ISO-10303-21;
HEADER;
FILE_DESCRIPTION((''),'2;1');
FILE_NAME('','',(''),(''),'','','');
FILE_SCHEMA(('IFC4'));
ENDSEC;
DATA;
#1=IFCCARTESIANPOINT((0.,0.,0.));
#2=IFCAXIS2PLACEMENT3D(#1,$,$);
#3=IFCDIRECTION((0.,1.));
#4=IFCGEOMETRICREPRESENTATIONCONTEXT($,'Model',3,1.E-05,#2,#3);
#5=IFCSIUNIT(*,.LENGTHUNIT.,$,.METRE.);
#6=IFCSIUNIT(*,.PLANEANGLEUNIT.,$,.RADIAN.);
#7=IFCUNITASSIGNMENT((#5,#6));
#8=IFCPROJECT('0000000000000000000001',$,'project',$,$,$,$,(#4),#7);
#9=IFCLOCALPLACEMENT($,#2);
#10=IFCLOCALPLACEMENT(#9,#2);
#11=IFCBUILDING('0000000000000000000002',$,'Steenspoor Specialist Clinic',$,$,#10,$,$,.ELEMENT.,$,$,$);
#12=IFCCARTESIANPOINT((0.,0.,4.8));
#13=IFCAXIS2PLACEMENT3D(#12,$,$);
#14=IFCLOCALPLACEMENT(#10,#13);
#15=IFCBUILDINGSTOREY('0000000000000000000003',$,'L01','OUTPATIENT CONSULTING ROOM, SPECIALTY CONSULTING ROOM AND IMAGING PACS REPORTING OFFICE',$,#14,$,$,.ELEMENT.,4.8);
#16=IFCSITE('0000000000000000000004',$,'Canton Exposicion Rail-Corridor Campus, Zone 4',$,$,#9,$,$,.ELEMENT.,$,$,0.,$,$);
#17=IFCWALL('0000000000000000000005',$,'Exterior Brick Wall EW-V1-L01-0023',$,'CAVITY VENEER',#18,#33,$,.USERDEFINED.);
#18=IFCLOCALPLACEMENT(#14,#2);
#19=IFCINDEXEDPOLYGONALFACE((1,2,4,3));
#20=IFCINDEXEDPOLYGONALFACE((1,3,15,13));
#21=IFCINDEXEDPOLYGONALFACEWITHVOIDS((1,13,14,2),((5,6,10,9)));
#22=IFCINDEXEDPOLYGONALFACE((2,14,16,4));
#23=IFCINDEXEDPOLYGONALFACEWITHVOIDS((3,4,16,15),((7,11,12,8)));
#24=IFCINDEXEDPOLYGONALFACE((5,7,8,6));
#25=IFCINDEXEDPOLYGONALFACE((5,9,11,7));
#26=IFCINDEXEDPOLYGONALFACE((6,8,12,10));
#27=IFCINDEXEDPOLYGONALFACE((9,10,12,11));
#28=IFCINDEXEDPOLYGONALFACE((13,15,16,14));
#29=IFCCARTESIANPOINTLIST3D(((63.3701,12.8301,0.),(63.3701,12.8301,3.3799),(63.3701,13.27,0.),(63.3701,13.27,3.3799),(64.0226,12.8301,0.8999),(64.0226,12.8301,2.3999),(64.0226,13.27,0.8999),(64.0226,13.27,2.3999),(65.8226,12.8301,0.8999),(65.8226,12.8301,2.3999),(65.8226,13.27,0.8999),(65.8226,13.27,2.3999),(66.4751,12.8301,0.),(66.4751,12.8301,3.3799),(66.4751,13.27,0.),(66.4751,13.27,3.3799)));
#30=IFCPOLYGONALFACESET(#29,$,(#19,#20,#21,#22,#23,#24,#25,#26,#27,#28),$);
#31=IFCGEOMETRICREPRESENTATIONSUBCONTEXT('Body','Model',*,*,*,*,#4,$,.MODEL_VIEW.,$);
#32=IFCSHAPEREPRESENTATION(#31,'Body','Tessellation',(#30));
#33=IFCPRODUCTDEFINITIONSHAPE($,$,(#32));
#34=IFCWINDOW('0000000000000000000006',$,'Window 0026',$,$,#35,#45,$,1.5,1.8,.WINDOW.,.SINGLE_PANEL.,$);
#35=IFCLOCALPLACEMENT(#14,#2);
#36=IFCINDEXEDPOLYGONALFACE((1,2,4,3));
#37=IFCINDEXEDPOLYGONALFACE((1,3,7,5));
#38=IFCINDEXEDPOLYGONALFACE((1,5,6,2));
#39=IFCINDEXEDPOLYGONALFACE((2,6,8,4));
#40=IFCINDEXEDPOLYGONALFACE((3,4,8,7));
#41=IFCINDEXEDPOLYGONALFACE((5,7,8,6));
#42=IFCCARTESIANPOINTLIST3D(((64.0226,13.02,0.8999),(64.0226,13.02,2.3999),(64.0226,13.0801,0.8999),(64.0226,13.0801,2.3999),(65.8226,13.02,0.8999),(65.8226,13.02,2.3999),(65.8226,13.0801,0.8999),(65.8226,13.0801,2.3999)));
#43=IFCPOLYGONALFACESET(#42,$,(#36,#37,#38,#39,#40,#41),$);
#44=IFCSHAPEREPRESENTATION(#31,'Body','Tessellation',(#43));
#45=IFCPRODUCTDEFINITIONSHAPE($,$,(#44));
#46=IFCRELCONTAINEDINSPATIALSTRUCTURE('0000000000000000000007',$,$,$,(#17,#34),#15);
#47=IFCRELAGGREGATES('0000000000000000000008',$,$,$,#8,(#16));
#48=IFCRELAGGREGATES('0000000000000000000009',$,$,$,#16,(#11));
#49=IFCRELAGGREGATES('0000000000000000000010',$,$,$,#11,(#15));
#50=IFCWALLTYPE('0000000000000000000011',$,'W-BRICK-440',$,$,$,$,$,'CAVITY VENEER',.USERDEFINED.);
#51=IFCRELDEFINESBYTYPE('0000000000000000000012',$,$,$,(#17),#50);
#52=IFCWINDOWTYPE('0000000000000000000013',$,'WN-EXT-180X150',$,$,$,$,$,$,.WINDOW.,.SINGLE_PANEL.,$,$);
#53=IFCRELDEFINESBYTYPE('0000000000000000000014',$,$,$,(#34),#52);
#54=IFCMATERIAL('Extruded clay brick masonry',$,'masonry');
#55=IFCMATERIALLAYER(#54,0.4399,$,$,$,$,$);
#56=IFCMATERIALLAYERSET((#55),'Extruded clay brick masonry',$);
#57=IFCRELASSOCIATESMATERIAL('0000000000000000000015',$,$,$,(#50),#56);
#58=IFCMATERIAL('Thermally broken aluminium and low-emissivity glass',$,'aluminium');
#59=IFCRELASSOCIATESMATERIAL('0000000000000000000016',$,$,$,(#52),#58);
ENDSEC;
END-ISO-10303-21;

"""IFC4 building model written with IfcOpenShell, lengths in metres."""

from ifc_helpers import new_model, si_unit, direction, frame, frame_2d, origin, place, context, subcontext, project, spatial, rectangle, extrude, material, layer, layer_set, type_object, element, fill, save


model = new_model("IFC4")

# Units and contexts
model_context = context("Model", 3, precision=1e-05, world=origin(), true_north=direction((0.0, 1.0)))
body_context = subcontext(model_context, "Body", "Model", "MODEL_VIEW")
ifc_project = project(units=[si_unit("LENGTHUNIT", "METRE"), si_unit("PLANEANGLEUNIT", "RADIAN")], contexts=[model_context])

# Site, building, storey
site_placement = place(None, origin())
site = spatial("IfcSite", under=ifc_project, at=site_placement, Name="Canton Exposicion Rail-Corridor Campus, Zone 4", CompositionType="ELEMENT", RefElevation=0.0)
building_placement = place(site_placement, origin())
building = spatial("IfcBuilding", under=site, at=building_placement, Name="Steenspoor Specialist Clinic", CompositionType="ELEMENT")
storey_placement = place(building_placement, frame((0.0, 0.0, 4.8)))
storey = spatial("IfcBuildingStorey", under=building, at=storey_placement, Name="L01", Description="OUTPATIENT CONSULTING ROOM, SPECIALTY CONSULTING ROOM AND IMAGING PACS REPORTING OFFICE", CompositionType="ELEMENT", Elevation=4.8)

# Shared definitions
ifc_material_1 = material(Name="Thermally broken aluminium and low-emissivity glass", Category="aluminium")

# Wall, opening, window
ifc_material_2 = material(Name="Extruded clay brick masonry", Category="masonry")
ifc_layer_1 = layer(ifc_material_2, 0.4399)
ifc_layer_set_1 = layer_set([ifc_layer_1], Name="Extruded clay brick masonry")
wall_type = type_object("IfcWallType", Name="W-BRICK-440", ElementType="CAVITY VENEER", PredefinedType="USERDEFINED", material=ifc_layer_set_1)
wall_placement = place(storey_placement, frame((66.4751, 13.05, 0.0), z_axis=(0.0, 0.0, 1.0), x_axis=(-1.0, 0.0, 0.0)))
wall = element("IfcWall", 1, at=wall_placement, inside=storey, type_object=wall_type, Name="Exterior Brick Wall EW-V1-L01-0023", ObjectType="CAVITY VENEER", PredefinedType="USERDEFINED", context=body_context, shape_type="SweptSolid", body=[
    extrude(rectangle(XDim=3.105, YDim=0.4399, at=frame_2d((1.5525, 0.0))), origin(), (0.0, 0.0, 1.0), 3.3799),
])
opening_placement = place(wall_placement, frame((0.6526, 0.0, 0.8999)))
opening = element("IfcOpeningElement", 2, at=opening_placement, cuts=wall, PredefinedType="OPENING", context=body_context, shape_type="SweptSolid", body=[
    extrude(rectangle(XDim=1.8, YDim=1.5, at=frame_2d((0.8999, 0.75))), frame((0.0, 0.23, 0.0), z_axis=(0.0, -1.0, 0.0), x_axis=(1.0, 0.0, 0.0)), (0.0, 0.0, 1.0), 0.46),
])
window_type = type_object("IfcWindowType", Name="WN-EXT-180X150", PartitioningType="SINGLE_PANEL", PredefinedType="WINDOW", material=ifc_material_1)
window_placement = place(opening_placement, origin())
window = element("IfcWindow", 3, at=window_placement, inside=storey, type_object=window_type, Name="Window 0026", OverallHeight=1.5, OverallWidth=1.8, PartitioningType="SINGLE_PANEL", PredefinedType="WINDOW", context=body_context, shape_type="SweptSolid", body=[
    extrude(rectangle(XDim=1.8, YDim=1.5, at=frame_2d((0.8999, 0.75))), frame((0.0, 0.03, 0.0), z_axis=(0.0, -1.0, 0.0), x_axis=(1.0, 0.0, 0.0)), (0.0, 0.0, 1.0), 0.0601),
])
fill(opening, window)

save(model, "model.ifc")
